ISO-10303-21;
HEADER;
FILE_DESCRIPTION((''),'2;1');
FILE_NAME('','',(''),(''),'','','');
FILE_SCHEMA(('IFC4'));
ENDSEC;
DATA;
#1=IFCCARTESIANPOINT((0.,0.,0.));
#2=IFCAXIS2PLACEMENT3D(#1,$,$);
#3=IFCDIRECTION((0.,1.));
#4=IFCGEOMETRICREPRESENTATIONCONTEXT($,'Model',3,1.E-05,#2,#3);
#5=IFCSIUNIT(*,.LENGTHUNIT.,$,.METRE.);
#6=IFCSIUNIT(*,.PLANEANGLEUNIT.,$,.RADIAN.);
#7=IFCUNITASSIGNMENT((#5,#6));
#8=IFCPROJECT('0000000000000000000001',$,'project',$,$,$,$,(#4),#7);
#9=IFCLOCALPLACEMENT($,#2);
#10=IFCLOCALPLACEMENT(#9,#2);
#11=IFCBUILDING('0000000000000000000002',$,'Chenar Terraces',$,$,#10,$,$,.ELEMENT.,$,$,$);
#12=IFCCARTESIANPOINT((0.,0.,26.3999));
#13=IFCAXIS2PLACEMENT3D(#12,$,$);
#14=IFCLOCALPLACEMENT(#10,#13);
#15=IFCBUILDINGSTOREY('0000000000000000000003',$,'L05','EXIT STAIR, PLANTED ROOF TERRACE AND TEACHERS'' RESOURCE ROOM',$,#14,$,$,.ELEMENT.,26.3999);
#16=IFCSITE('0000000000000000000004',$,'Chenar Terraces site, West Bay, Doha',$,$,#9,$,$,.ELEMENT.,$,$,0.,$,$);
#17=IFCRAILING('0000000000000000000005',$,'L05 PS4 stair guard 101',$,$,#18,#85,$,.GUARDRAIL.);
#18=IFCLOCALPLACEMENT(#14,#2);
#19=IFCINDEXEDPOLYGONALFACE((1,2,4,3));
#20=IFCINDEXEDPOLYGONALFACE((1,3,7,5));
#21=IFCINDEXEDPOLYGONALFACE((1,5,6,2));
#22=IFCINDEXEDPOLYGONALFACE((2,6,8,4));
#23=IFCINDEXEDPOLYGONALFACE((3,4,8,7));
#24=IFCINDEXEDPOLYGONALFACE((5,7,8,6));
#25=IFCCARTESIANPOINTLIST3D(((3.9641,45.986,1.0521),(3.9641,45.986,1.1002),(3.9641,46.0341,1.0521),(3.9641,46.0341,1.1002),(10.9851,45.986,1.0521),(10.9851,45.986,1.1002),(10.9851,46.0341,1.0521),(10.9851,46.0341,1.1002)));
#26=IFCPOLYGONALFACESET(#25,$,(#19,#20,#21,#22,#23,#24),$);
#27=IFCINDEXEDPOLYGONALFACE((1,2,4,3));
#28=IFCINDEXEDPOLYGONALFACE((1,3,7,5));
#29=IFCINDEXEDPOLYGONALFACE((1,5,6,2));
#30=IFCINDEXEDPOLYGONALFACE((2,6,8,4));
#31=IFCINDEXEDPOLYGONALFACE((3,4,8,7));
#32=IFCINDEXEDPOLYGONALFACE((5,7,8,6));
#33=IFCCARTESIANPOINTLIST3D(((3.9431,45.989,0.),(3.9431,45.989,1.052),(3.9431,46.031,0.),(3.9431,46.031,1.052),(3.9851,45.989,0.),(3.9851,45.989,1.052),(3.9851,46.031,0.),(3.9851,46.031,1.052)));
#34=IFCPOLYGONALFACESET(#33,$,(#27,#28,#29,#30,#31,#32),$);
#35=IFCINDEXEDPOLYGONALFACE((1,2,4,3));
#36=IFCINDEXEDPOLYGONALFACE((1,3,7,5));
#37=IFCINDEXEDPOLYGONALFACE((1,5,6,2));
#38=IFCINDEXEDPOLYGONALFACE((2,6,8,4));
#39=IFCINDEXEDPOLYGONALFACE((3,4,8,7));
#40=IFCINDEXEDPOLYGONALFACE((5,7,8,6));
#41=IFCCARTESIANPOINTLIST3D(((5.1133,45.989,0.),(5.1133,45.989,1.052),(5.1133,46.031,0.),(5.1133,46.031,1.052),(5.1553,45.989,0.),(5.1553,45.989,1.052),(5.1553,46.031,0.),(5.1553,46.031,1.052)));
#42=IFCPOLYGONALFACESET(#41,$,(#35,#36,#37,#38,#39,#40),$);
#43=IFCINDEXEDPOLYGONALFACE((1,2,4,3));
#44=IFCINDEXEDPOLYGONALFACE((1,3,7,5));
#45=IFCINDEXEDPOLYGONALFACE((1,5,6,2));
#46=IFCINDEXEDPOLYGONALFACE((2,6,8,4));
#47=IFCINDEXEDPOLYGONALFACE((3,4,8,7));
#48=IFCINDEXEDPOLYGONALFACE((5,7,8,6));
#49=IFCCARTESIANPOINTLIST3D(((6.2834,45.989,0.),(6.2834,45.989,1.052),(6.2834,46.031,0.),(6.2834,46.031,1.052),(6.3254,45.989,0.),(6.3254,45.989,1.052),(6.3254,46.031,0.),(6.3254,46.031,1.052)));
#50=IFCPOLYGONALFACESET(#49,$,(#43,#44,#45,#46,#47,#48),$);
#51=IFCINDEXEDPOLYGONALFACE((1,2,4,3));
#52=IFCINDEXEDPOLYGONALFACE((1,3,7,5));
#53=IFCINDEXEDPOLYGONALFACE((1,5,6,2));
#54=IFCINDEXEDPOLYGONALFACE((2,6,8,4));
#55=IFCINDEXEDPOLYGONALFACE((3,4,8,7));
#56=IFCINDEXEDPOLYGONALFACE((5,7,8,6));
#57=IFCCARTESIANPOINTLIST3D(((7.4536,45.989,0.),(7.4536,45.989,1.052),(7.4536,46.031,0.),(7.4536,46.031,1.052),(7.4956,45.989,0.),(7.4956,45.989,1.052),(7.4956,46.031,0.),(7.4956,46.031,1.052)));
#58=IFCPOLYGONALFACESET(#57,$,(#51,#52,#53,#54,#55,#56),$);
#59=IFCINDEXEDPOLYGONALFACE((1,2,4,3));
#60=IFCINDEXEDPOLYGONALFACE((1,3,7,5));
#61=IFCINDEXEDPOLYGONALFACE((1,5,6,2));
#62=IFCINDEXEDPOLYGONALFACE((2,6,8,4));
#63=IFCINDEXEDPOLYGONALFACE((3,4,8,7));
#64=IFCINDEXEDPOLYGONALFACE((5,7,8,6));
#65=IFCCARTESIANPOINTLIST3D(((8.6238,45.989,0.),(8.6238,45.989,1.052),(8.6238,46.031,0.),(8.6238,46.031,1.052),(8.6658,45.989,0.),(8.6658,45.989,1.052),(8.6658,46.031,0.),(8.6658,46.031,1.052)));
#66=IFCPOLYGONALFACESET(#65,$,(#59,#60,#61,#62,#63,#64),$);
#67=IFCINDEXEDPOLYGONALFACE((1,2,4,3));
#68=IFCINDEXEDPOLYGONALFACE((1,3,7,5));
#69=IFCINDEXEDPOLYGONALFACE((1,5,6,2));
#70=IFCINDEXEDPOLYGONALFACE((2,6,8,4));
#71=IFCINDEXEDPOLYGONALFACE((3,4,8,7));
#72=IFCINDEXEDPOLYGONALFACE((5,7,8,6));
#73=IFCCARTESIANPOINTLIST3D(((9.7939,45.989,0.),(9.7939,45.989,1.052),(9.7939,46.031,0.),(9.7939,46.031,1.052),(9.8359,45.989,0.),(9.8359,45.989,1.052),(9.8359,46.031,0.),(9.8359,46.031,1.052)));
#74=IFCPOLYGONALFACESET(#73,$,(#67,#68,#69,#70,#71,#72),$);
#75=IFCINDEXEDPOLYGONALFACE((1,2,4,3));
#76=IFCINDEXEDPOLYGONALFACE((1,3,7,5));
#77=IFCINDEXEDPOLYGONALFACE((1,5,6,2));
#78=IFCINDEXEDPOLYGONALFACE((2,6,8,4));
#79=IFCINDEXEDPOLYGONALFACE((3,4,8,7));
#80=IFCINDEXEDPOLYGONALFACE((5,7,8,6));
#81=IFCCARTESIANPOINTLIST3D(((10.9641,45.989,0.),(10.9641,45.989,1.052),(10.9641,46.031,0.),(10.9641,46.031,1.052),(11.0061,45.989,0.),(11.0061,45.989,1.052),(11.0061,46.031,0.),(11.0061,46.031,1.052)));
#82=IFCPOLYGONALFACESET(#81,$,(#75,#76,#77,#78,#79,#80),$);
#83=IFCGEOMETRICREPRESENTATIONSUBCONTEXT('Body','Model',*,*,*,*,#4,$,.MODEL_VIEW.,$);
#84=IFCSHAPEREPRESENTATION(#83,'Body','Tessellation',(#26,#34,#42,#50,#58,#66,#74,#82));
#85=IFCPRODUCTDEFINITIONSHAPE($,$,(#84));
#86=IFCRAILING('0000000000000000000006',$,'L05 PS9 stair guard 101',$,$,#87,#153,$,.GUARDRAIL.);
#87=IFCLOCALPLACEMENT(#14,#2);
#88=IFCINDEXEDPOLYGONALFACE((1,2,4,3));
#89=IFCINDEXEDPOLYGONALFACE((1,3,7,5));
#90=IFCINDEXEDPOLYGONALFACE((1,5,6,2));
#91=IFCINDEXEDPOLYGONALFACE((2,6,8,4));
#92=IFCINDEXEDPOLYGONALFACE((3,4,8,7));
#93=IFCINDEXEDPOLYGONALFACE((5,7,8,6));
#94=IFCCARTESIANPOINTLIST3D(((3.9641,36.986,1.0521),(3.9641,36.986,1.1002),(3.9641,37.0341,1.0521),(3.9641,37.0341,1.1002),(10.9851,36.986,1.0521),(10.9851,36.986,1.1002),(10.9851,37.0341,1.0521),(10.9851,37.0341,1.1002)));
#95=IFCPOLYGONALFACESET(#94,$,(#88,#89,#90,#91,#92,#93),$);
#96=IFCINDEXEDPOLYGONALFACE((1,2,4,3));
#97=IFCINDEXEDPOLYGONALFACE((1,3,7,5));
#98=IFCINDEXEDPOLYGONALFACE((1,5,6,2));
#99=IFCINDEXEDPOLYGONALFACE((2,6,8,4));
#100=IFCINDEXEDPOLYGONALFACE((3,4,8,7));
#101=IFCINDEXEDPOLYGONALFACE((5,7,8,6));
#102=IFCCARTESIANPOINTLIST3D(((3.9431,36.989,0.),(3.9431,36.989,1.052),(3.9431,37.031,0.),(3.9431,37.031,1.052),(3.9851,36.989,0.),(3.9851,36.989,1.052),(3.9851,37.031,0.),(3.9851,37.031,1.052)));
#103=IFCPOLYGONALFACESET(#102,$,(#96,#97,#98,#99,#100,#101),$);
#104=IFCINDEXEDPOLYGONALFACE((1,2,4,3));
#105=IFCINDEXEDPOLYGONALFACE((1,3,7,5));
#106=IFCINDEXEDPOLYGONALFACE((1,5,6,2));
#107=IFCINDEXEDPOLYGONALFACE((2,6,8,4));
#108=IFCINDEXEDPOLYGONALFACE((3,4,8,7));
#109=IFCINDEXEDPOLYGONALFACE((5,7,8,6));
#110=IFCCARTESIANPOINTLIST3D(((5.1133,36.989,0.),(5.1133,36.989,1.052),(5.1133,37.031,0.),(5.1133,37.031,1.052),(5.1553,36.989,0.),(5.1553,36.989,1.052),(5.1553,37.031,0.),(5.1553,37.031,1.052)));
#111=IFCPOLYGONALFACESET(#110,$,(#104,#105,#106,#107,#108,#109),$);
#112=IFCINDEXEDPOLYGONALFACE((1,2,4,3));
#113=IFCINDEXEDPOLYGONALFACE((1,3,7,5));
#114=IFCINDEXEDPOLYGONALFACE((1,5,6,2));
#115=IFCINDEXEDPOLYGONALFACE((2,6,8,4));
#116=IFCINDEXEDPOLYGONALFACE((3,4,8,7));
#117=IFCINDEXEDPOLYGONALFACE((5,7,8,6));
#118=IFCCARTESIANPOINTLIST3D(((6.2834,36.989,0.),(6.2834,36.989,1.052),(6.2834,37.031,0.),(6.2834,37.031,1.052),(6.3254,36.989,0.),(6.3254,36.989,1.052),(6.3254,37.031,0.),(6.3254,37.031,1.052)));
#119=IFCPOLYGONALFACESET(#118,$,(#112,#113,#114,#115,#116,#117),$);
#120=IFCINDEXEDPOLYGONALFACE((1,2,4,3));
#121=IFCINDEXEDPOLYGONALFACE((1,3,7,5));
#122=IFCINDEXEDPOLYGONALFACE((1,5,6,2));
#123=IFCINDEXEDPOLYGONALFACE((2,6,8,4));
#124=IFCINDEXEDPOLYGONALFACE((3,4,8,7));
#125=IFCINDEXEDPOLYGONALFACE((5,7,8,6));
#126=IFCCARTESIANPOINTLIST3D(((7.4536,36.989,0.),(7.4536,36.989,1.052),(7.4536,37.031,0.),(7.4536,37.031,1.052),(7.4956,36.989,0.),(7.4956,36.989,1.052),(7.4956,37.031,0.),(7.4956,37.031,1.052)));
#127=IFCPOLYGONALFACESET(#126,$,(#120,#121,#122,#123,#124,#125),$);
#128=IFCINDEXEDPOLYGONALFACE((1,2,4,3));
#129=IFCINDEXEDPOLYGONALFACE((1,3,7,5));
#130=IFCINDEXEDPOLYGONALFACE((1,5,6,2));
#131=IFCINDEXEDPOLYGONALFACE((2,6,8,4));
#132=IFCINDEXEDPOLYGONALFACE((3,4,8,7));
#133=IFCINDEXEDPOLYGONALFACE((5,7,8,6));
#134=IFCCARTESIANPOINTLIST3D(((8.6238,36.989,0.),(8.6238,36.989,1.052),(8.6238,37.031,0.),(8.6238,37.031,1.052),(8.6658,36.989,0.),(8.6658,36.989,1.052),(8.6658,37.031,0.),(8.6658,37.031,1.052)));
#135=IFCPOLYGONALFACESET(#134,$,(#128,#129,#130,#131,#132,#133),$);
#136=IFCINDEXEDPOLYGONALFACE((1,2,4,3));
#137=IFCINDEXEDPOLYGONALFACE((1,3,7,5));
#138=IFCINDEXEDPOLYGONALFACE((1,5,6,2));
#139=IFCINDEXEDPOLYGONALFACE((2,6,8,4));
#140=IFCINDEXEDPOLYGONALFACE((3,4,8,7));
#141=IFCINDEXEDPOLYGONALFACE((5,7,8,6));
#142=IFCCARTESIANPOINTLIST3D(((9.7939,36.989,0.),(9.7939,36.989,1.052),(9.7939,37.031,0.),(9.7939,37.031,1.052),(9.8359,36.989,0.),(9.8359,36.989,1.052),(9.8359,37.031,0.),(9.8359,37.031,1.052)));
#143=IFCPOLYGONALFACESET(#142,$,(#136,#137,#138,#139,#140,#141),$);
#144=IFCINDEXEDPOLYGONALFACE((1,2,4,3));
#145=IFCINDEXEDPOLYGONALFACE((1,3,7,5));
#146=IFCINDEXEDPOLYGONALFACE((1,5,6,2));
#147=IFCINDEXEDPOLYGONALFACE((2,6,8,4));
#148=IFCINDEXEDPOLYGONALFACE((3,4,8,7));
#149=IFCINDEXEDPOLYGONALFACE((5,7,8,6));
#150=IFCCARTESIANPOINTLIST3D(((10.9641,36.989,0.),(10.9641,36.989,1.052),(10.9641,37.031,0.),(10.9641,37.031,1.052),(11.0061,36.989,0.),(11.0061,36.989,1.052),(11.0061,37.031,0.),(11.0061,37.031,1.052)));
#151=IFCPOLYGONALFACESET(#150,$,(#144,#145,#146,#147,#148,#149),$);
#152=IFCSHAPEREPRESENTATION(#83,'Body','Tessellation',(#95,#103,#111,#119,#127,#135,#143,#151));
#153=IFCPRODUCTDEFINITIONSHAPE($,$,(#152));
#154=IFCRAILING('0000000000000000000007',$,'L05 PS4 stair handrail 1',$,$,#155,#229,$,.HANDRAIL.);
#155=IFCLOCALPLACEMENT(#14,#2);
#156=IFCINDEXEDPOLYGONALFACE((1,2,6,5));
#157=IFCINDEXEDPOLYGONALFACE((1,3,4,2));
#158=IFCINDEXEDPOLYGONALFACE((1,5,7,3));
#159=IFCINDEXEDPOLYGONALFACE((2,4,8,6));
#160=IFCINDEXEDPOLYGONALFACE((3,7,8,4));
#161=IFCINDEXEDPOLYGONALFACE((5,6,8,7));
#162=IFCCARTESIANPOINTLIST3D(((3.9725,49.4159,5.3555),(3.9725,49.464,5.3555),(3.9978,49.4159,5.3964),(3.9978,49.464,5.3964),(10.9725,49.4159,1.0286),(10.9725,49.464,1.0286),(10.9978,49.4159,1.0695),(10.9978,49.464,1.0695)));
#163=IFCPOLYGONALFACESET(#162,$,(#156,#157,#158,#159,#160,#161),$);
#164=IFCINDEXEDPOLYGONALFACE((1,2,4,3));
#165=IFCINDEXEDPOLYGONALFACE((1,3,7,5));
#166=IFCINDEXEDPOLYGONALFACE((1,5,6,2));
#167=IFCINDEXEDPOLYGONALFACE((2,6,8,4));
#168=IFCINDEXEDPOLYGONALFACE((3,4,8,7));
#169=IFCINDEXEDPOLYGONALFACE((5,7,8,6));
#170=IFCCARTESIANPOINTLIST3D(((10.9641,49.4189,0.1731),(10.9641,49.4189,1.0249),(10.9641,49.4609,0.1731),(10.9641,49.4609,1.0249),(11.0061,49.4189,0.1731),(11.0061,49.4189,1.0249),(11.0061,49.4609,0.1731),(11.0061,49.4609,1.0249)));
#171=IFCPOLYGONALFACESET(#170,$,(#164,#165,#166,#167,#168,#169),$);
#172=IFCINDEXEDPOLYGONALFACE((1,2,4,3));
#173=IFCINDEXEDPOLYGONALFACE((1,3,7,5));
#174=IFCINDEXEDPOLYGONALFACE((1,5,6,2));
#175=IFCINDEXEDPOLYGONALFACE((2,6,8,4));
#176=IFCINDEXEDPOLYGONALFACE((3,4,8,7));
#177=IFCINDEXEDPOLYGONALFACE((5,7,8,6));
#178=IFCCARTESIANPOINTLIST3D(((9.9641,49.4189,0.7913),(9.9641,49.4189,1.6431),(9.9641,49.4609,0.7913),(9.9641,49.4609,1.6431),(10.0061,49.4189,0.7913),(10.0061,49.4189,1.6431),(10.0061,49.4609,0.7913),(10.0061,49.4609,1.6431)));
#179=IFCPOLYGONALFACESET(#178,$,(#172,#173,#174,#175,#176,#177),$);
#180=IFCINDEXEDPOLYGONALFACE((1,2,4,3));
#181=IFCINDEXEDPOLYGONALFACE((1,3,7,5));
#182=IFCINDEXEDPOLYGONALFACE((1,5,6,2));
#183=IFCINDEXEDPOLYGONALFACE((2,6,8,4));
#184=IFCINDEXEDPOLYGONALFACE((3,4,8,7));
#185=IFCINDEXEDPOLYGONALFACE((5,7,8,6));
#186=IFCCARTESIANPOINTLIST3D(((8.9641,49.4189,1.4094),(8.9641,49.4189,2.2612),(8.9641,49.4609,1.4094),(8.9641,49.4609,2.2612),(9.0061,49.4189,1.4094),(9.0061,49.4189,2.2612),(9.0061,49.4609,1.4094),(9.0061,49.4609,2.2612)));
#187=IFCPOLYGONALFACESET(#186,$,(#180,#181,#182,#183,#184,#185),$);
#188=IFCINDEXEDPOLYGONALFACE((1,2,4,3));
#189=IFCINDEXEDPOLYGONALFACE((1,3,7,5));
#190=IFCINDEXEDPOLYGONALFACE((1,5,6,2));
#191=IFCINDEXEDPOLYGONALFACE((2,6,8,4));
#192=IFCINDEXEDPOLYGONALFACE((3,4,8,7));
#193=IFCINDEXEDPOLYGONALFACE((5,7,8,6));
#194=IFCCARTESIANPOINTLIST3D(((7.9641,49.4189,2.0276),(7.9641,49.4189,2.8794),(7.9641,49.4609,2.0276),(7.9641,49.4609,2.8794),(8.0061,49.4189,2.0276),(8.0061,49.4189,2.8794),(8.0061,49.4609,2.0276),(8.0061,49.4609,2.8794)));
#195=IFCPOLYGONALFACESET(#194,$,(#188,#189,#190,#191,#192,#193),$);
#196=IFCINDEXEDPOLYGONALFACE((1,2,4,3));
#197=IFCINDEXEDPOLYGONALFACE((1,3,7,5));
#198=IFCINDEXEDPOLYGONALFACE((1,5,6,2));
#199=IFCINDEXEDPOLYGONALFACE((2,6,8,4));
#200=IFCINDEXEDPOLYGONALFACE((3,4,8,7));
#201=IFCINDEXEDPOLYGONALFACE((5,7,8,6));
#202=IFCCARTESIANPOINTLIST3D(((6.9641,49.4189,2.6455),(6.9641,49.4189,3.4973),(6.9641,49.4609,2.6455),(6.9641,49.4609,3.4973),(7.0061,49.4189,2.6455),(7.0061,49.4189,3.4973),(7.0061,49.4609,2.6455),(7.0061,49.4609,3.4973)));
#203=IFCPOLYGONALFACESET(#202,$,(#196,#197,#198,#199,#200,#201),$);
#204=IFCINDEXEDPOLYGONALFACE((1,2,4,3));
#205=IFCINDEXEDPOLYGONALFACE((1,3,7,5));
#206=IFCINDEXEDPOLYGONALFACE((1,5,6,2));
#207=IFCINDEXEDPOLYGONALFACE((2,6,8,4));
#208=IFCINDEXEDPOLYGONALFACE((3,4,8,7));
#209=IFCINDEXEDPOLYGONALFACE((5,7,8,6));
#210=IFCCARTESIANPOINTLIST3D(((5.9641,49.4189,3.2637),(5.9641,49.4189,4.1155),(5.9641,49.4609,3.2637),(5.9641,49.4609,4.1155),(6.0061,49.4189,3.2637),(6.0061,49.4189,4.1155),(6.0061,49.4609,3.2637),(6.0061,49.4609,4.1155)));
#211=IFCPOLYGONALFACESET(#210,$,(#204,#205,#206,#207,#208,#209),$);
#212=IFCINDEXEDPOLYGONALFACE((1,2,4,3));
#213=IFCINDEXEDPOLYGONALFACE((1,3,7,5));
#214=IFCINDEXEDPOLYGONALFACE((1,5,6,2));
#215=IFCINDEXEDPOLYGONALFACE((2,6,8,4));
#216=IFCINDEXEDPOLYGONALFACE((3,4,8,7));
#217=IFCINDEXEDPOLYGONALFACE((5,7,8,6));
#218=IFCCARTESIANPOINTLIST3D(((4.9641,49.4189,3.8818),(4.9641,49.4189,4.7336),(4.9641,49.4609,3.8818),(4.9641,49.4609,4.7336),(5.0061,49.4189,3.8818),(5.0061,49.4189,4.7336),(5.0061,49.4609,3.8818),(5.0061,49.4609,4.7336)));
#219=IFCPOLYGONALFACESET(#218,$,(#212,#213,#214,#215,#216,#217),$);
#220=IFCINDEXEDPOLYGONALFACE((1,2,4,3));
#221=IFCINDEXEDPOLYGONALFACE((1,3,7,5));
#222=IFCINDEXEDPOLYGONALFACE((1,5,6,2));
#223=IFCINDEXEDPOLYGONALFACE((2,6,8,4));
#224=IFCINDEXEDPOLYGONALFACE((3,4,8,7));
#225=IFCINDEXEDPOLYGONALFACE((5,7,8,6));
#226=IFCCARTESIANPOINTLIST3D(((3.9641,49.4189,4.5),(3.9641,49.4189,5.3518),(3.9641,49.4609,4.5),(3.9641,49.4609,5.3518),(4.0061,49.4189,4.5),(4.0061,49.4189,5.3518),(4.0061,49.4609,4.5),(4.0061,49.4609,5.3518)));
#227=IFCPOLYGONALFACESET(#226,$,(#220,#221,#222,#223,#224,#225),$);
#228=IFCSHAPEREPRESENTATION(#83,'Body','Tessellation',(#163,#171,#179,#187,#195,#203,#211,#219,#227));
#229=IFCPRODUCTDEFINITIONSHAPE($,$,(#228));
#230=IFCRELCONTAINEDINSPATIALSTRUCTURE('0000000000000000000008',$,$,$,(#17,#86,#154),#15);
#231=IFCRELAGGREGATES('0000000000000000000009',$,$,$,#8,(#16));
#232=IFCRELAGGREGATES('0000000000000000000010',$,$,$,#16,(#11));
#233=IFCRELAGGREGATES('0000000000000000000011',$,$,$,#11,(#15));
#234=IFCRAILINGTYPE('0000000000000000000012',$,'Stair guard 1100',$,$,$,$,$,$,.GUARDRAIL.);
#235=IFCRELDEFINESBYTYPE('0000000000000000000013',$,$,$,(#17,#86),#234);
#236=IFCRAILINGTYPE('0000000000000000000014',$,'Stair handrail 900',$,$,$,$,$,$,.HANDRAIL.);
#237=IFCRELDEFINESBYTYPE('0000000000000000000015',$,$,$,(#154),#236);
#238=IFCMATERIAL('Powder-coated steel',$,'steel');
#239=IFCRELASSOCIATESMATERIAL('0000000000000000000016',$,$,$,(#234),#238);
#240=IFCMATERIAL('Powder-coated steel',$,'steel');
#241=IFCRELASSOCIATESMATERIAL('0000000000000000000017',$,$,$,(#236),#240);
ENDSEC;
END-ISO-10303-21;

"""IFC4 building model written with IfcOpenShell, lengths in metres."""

from ifc_helpers import new_model, si_unit, direction, frame, origin, origin_2d, place, context, subcontext, project, spatial, rectangle, extrude, material, type_object, element, save


model = new_model("IFC4")

# Units and contexts
model_context = context("Model", 3, precision=1e-05, world=origin(), true_north=direction((0.0, 1.0)))
body_context = subcontext(model_context, "Body", "Model", "MODEL_VIEW")
ifc_project = project(units=[si_unit("LENGTHUNIT", "METRE"), si_unit("PLANEANGLEUNIT", "RADIAN")], contexts=[model_context])

# Site, building, storey
site_placement = place(None, origin())
site = spatial("IfcSite", under=ifc_project, at=site_placement, Name="Chenar Terraces site, West Bay, Doha", CompositionType="ELEMENT", RefElevation=0.0)
building_placement = place(site_placement, origin())
building = spatial("IfcBuilding", under=site, at=building_placement, Name="Chenar Terraces", CompositionType="ELEMENT")
storey_placement = place(building_placement, frame((0.0, 0.0, 26.3999)))
storey = spatial("IfcBuildingStorey", under=building, at=storey_placement, Name="L05", Description="EXIT STAIR, PLANTED ROOF TERRACE AND TEACHERS' RESOURCE ROOM", CompositionType="ELEMENT", Elevation=26.3999)

# Railings
ifc_material_1 = material(Name="Powder-coated steel", Category="steel")
railing_type_1 = type_object("IfcRailingType", Name="Stair guard 1100", PredefinedType="GUARDRAIL", material=ifc_material_1)
for number, where, name in (
    (1, (3.9641, 46.01, 0.0), "L05 PS4 stair guard 101"),
    (2, (3.9641, 37.01, 0.0), "L05 PS9 stair guard 101"),
):
    element("IfcRailing", number, at=place(storey_placement, frame(where)), inside=storey, type_object=railing_type_1, Name=name, PredefinedType="GUARDRAIL", context=body_context, shape_type="SweptSolid", body=[
        extrude(rectangle(XDim=0.0481, YDim=0.0481, at=origin_2d()), frame((0.0, 0.0, 1.0762), z_axis=(1.0, 0.0, 0.0), x_axis=(0.0, 1.0, 0.0)), (0.0, 0.0, 1.0), 7.021),
        extrude(rectangle(XDim=0.042, YDim=0.042, at=origin_2d()), origin(), (0.0, 0.0, 1.0), 1.052),
        extrude(rectangle(XDim=0.042, YDim=0.042, at=origin_2d()), frame((1.1702, 0.0, 0.0)), (0.0, 0.0, 1.0), 1.052),
        extrude(rectangle(XDim=0.042, YDim=0.042, at=origin_2d()), frame((2.3403, 0.0, 0.0)), (0.0, 0.0, 1.0), 1.052),
        extrude(rectangle(XDim=0.042, YDim=0.042, at=origin_2d()), frame((3.5105, 0.0, 0.0)), (0.0, 0.0, 1.0), 1.052),
        extrude(rectangle(XDim=0.042, YDim=0.042, at=origin_2d()), frame((4.6807, 0.0, 0.0)), (0.0, 0.0, 1.0), 1.052),
        extrude(rectangle(XDim=0.042, YDim=0.042, at=origin_2d()), frame((5.8508, 0.0, 0.0)), (0.0, 0.0, 1.0), 1.052),
        extrude(rectangle(XDim=0.042, YDim=0.042, at=origin_2d()), frame((7.021, 0.0, 0.0)), (0.0, 0.0, 1.0), 1.052),
    ])
ifc_material_2 = material(Name="Powder-coated steel", Category="steel")
railing_type_2 = type_object("IfcRailingType", Name="Stair handrail 900", PredefinedType="HANDRAIL", material=ifc_material_2)
railing_1_placement = place(storey_placement, frame((10.9851, 49.4399, 0.1731)))
element("IfcRailing", 3, at=railing_1_placement, inside=storey, type_object=railing_type_2, Name="L05 PS4 stair handrail 1", PredefinedType="HANDRAIL", context=body_context, shape_type="SweptSolid", body=[
    extrude(rectangle(XDim=0.0481, YDim=0.0481, at=origin_2d()), frame((0.0, 0.0, 0.876), z_axis=(-0.850615, 0.0, 0.52579), x_axis=(0.0, -1.0, 0.0)), (0.0, 0.0, 1.0), 8.2292),
    extrude(rectangle(XDim=0.042, YDim=0.042, at=origin_2d()), origin(), (0.0, 0.0, 1.0), 0.8518),
    extrude(rectangle(XDim=0.042, YDim=0.042, at=origin_2d()), frame((-1.0, 0.0, 0.6182)), (0.0, 0.0, 1.0), 0.8518),
    extrude(rectangle(XDim=0.042, YDim=0.042, at=origin_2d()), frame((-2.0, 0.0, 1.2363)), (0.0, 0.0, 1.0), 0.8518),
    extrude(rectangle(XDim=0.042, YDim=0.042, at=origin_2d()), frame((-3.0, 0.0, 1.8545)), (0.0, 0.0, 1.0), 0.8518),
    extrude(rectangle(XDim=0.042, YDim=0.042, at=origin_2d()), frame((-4.0, 0.0, 2.4724)), (0.0, 0.0, 1.0), 0.8518),
    extrude(rectangle(XDim=0.042, YDim=0.042, at=origin_2d()), frame((-5.0, 0.0, 3.0906)), (0.0, 0.0, 1.0), 0.8518),
    extrude(rectangle(XDim=0.042, YDim=0.042, at=origin_2d()), frame((-6.0, 0.0, 3.7087)), (0.0, 0.0, 1.0), 0.8518),
    extrude(rectangle(XDim=0.042, YDim=0.042, at=origin_2d()), frame((-7.0, 0.0, 4.3269)), (0.0, 0.0, 1.0), 0.8518),
])

save(model, "model.ifc")
